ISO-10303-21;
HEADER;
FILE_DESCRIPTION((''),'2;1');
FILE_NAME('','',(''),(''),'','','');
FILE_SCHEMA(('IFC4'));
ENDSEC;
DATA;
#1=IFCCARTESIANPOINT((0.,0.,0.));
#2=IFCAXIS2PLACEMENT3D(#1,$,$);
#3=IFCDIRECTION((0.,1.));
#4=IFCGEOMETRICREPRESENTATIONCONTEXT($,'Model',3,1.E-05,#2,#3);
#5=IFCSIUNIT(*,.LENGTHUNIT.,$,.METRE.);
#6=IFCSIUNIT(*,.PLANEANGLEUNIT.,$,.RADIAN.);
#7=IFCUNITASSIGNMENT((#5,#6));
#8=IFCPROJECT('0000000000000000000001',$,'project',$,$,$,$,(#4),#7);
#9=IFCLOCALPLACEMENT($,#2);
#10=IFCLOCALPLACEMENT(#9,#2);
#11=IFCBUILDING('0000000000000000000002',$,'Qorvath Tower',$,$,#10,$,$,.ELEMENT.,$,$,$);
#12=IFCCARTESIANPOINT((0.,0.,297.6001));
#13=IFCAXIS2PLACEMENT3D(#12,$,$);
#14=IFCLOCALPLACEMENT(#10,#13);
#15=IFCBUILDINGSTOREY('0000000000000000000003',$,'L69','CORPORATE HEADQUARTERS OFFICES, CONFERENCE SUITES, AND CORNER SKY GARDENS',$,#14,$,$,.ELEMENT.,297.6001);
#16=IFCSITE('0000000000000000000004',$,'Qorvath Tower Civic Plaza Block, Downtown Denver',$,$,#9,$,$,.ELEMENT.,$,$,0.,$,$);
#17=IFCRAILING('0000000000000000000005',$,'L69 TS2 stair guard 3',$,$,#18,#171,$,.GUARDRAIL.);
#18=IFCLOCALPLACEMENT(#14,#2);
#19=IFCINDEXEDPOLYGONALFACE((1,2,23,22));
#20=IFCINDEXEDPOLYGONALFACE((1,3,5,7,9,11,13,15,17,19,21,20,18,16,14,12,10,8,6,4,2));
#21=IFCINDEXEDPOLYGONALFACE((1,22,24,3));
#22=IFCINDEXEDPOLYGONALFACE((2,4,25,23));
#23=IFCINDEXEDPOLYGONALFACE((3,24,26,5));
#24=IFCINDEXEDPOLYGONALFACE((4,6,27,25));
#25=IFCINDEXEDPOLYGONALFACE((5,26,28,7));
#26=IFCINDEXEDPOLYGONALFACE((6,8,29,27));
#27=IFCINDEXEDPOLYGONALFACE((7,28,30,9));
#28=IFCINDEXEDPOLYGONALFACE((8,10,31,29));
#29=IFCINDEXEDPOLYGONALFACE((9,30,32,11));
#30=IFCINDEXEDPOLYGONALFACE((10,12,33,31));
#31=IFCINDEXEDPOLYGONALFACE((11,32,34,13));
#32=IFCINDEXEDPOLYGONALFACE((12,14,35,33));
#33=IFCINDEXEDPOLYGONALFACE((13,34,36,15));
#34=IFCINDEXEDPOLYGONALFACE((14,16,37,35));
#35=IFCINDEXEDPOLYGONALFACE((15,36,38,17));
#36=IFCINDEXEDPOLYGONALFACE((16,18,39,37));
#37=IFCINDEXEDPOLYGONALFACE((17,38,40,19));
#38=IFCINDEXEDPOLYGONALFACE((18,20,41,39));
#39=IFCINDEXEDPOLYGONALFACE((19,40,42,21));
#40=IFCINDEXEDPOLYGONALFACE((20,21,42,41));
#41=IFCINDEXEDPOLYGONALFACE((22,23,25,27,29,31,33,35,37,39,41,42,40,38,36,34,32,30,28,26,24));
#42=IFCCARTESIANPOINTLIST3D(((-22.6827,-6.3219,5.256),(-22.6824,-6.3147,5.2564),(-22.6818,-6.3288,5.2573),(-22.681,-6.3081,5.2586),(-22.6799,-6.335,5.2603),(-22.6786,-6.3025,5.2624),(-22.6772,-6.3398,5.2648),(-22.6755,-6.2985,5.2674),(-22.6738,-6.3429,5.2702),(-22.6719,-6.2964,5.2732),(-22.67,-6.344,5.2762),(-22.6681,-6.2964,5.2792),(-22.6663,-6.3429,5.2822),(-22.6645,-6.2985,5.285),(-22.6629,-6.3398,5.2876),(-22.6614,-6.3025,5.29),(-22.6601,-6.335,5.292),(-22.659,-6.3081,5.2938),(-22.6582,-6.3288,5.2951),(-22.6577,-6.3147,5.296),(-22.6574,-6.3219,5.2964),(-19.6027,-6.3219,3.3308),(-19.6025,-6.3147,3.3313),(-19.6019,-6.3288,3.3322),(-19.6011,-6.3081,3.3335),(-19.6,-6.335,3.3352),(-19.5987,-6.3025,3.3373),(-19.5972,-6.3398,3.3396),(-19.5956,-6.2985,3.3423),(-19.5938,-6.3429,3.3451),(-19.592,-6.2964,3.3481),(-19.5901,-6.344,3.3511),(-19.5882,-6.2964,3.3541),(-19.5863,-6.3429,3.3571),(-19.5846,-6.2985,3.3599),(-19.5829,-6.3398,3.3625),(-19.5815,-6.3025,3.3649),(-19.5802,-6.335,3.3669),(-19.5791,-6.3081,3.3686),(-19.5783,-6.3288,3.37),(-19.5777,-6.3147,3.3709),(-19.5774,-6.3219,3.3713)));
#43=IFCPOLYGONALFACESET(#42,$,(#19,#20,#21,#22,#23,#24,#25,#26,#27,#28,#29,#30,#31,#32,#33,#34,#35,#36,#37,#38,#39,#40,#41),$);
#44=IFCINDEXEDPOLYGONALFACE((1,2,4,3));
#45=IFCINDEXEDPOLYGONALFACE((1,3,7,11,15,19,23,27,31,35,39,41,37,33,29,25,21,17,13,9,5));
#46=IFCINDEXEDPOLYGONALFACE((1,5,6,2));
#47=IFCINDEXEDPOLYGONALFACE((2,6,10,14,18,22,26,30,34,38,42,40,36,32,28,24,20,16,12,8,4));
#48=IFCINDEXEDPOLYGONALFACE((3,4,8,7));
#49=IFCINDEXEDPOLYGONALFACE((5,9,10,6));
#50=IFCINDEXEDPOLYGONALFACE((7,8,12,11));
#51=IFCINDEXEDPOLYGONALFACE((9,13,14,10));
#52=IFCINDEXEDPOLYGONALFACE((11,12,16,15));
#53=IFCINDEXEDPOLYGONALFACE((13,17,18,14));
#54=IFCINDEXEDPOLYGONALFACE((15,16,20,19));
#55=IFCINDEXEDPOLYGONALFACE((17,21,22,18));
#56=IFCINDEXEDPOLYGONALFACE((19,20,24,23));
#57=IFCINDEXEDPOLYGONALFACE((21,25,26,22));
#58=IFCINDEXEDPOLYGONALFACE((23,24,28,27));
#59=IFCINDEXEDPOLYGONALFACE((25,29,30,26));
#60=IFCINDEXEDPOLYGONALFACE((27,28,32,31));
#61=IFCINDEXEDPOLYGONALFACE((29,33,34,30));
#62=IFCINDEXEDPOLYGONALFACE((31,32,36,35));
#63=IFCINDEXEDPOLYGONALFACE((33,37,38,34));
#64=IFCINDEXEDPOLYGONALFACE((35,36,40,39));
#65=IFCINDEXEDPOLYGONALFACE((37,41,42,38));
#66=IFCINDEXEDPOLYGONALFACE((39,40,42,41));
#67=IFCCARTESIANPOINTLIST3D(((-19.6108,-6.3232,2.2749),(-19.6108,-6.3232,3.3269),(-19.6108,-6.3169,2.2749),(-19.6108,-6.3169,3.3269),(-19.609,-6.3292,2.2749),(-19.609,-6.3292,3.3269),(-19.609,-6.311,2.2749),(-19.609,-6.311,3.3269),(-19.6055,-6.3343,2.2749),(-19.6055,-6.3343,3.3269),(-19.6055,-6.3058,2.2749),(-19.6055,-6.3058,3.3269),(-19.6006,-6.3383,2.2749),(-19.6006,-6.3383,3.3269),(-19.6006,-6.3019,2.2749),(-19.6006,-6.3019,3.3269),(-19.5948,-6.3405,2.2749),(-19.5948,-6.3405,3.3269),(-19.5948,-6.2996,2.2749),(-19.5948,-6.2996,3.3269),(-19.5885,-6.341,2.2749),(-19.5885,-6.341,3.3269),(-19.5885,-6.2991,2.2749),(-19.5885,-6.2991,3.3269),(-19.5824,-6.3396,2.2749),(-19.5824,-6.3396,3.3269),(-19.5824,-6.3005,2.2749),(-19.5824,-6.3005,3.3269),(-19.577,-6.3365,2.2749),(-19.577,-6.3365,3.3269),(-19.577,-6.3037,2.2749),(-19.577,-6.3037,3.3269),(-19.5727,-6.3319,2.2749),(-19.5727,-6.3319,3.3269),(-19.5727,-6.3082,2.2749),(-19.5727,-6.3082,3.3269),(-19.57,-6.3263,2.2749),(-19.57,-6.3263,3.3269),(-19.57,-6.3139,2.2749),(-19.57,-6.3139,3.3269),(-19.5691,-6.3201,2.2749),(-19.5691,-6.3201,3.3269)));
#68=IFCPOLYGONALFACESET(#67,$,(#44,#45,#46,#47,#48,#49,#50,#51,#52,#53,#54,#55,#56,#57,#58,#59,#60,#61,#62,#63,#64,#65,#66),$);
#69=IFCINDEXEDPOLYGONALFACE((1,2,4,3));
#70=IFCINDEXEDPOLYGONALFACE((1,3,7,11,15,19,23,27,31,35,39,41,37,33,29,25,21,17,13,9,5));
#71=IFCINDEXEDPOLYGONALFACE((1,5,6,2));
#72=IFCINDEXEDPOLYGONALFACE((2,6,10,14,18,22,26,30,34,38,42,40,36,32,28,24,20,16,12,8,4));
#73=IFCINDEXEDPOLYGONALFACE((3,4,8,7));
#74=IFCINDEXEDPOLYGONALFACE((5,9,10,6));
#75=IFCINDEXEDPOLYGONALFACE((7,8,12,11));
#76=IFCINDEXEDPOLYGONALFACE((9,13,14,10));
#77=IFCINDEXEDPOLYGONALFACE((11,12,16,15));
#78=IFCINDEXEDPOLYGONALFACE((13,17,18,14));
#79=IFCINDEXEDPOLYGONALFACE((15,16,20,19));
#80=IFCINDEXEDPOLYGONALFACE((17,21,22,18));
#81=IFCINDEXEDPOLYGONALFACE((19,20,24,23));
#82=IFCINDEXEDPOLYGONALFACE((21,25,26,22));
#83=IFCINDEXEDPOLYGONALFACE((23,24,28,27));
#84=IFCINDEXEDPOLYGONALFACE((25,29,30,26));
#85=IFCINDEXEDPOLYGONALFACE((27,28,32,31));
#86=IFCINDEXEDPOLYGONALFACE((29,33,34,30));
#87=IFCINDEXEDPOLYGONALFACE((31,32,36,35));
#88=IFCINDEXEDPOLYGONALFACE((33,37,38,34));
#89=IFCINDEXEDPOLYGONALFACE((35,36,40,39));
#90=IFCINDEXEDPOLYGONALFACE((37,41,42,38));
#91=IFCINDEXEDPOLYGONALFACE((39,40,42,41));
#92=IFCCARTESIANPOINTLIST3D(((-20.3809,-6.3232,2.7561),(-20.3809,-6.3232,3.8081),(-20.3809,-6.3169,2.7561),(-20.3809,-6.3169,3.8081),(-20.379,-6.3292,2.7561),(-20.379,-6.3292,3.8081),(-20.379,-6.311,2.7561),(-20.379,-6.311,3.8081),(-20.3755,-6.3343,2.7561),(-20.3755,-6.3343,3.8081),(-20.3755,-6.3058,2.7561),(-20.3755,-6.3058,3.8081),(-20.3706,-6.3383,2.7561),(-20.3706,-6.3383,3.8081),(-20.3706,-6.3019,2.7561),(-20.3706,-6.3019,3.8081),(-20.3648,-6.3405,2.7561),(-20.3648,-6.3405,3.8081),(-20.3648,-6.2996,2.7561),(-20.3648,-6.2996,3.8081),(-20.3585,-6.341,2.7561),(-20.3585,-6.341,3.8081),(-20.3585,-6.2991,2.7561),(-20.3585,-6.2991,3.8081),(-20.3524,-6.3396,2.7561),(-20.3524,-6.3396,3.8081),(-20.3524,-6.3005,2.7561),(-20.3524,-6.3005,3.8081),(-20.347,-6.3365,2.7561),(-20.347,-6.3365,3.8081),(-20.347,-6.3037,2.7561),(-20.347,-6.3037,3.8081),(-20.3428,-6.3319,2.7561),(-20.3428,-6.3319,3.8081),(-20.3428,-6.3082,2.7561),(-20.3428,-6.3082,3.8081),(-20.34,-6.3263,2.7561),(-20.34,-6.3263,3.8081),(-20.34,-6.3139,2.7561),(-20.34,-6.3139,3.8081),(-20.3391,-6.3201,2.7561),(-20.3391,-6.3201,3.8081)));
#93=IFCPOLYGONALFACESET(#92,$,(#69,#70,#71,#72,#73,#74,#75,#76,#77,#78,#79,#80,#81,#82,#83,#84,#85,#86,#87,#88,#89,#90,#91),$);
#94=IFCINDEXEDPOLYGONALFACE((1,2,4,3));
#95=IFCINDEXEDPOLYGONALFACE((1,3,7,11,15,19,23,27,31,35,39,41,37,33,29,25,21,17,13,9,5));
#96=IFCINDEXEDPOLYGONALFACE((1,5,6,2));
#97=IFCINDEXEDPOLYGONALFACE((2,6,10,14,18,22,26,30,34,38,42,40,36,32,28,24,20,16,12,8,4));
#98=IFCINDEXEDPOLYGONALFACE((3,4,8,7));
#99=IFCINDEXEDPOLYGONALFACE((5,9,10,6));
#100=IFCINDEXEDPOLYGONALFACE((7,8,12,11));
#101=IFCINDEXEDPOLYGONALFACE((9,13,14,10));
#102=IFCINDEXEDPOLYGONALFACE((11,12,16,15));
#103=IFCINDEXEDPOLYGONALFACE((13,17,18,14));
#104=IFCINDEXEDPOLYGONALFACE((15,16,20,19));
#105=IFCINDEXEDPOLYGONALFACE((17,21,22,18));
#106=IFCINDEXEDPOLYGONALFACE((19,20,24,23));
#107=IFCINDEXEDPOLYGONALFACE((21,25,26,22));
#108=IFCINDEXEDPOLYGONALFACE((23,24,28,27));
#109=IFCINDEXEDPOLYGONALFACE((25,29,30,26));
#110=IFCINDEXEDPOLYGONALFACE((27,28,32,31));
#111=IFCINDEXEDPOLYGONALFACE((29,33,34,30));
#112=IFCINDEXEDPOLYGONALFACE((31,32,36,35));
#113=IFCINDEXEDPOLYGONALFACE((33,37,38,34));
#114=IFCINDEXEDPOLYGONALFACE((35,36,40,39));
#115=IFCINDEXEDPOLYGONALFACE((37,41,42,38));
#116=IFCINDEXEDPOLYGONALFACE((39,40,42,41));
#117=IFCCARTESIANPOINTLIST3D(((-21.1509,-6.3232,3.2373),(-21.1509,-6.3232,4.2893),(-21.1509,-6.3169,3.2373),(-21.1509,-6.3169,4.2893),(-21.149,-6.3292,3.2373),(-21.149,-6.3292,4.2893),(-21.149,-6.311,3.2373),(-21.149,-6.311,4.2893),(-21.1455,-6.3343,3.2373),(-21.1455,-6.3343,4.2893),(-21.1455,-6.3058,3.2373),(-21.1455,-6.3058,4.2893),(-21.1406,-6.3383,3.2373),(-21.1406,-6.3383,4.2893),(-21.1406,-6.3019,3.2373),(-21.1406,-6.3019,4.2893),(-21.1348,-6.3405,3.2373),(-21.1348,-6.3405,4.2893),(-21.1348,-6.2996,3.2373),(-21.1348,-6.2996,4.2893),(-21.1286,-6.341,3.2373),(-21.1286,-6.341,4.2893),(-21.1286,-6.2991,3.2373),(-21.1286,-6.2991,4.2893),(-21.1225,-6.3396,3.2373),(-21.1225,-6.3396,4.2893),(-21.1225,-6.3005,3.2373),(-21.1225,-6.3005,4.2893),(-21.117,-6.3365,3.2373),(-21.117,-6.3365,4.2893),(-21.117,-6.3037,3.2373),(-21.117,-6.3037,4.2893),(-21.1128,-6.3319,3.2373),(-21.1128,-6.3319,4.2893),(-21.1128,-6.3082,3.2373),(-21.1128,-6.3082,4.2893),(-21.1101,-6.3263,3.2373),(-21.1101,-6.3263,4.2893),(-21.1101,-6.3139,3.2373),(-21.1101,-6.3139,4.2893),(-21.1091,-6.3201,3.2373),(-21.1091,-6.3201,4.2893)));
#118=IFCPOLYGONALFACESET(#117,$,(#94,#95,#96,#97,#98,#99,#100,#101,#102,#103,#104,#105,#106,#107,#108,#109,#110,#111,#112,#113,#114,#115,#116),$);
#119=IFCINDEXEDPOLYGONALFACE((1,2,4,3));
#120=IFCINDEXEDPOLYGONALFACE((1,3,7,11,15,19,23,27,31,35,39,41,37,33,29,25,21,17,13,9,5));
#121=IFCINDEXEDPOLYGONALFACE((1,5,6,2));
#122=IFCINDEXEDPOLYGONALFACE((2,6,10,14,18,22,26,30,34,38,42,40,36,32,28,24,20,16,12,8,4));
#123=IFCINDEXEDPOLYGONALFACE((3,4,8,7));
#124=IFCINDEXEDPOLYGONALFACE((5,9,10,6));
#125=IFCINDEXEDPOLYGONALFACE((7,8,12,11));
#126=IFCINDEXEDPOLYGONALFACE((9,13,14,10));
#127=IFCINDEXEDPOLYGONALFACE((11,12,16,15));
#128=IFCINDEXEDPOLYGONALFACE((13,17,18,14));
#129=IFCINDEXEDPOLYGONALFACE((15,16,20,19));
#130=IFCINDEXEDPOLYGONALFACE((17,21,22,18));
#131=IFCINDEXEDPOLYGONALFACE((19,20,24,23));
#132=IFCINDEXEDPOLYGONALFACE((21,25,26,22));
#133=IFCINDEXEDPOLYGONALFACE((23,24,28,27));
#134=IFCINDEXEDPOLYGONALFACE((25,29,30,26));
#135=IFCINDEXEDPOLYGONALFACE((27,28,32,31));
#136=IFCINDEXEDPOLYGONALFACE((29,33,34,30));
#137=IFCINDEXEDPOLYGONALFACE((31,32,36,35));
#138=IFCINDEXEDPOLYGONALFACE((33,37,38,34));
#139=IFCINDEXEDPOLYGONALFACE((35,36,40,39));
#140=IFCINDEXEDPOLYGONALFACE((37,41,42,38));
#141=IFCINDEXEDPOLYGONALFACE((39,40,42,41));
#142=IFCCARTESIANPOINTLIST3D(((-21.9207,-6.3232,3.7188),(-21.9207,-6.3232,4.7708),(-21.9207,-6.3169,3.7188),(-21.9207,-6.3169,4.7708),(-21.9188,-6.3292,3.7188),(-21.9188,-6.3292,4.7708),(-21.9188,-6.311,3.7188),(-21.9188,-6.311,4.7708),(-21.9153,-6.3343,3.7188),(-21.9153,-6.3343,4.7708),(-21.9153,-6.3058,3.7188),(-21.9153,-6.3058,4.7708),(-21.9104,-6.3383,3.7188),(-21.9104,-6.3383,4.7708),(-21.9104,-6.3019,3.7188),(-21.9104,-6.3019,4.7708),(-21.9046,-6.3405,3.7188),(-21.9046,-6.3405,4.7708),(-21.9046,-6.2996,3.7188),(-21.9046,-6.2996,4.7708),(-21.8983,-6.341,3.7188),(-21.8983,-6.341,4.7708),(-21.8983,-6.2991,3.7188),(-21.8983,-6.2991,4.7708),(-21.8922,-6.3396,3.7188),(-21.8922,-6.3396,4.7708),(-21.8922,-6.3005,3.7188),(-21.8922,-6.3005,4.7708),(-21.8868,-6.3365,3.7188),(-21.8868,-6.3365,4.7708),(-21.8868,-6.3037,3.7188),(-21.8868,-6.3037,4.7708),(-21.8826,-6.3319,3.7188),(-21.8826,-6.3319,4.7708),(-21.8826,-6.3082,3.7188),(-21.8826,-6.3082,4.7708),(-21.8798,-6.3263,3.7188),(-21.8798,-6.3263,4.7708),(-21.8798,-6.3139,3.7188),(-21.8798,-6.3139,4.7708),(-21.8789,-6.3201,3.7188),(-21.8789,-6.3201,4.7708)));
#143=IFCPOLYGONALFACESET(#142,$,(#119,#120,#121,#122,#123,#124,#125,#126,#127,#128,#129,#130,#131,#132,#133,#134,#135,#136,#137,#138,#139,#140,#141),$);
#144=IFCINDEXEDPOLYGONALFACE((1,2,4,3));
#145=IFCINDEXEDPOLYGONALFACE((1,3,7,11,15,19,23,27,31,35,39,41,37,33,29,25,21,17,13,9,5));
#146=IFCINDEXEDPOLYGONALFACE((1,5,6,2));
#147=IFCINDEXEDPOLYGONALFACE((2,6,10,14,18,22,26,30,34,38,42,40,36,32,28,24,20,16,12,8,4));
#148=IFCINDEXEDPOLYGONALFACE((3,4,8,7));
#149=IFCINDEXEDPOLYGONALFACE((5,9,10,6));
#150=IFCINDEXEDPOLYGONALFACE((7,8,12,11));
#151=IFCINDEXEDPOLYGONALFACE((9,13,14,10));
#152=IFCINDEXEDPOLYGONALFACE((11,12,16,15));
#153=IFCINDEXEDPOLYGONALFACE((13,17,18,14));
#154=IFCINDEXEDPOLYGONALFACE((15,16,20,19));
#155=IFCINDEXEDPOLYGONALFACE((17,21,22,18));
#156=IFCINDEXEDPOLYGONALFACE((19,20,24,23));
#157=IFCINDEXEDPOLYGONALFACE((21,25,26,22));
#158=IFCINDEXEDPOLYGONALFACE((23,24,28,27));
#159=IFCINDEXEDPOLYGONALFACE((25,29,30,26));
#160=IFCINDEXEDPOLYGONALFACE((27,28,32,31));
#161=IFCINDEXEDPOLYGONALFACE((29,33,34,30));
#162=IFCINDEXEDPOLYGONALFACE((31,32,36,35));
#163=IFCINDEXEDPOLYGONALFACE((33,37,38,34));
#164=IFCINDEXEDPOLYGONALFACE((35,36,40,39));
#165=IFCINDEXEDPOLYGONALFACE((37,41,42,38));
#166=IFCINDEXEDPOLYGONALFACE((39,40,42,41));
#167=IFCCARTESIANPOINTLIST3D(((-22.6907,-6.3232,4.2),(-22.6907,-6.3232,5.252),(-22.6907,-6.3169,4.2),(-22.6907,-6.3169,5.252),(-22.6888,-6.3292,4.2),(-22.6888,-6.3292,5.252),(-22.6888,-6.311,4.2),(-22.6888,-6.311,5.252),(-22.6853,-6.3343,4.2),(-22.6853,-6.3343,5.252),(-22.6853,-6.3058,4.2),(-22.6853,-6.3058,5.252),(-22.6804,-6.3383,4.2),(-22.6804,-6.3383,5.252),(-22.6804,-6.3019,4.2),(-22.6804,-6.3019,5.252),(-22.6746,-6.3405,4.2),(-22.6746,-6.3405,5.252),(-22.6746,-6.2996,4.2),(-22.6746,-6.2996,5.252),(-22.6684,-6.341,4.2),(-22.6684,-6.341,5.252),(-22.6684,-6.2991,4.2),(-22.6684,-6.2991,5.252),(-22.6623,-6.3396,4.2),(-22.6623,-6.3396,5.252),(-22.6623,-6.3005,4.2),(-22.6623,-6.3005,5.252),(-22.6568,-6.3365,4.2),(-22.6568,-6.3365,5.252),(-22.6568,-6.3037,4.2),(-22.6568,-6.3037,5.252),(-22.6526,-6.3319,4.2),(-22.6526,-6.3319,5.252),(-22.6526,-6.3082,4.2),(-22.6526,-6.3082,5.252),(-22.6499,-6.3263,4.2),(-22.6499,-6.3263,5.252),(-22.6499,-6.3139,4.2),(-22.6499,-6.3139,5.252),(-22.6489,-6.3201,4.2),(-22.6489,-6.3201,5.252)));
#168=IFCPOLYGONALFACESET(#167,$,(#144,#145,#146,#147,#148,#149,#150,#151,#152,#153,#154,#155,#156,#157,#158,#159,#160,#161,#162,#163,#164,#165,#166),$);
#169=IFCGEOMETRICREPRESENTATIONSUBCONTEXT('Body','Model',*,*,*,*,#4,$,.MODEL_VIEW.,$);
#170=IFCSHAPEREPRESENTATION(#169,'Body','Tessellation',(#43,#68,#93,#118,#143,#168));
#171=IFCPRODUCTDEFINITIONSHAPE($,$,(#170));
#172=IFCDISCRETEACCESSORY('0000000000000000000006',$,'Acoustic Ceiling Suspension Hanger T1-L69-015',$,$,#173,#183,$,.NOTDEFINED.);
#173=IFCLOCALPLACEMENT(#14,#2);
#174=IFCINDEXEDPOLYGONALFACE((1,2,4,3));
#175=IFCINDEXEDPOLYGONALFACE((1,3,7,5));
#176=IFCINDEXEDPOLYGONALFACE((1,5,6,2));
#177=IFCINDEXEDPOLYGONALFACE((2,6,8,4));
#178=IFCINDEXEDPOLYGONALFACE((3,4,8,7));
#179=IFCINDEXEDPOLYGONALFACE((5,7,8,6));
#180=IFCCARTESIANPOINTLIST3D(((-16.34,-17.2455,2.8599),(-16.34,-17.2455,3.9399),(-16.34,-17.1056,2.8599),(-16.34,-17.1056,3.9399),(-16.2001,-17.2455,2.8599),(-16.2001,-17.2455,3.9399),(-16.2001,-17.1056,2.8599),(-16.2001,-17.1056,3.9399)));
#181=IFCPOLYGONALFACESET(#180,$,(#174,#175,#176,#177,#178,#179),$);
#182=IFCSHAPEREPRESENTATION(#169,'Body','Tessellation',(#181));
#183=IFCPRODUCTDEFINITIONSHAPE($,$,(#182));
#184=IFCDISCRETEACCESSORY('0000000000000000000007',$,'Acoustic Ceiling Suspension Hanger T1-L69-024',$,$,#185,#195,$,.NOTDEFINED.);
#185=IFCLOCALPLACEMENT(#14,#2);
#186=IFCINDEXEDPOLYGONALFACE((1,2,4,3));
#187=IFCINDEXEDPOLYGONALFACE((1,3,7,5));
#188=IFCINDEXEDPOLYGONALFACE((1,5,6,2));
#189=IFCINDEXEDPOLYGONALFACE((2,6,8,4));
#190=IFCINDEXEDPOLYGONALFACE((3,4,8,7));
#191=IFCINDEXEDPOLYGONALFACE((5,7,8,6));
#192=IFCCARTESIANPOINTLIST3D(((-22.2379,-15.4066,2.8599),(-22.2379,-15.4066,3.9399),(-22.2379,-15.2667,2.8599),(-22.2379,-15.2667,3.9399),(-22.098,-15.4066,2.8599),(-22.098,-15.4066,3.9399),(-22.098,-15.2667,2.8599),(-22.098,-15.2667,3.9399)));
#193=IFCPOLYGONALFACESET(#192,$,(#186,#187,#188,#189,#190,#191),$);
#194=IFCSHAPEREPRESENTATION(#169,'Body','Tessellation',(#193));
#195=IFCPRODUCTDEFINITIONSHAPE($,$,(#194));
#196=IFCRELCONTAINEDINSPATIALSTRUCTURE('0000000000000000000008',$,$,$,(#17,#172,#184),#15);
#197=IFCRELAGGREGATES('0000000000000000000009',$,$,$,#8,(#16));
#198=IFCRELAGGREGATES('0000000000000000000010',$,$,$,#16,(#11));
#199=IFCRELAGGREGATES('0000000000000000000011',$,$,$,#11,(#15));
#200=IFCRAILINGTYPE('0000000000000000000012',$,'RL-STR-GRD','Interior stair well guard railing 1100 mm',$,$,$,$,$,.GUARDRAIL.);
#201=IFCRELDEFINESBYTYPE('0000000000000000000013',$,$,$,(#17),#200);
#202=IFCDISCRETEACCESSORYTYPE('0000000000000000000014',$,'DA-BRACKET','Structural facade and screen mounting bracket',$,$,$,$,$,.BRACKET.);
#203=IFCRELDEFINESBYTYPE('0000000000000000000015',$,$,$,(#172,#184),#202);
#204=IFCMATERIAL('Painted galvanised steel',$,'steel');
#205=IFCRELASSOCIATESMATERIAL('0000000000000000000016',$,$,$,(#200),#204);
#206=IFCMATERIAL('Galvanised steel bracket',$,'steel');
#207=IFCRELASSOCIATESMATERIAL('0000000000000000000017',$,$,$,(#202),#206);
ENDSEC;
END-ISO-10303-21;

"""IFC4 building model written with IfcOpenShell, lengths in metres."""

from ifc_helpers import new_model, si_unit, direction, frame, origin, origin_2d, place, context, subcontext, project, spatial, rectangle, circle, extrude, material, type_object, element, save


model = new_model("IFC4")

# Units and contexts
model_context = context("Model", 3, precision=1e-05, world=origin(), true_north=direction((0.0, 1.0)))
body_context = subcontext(model_context, "Body", "Model", "MODEL_VIEW")
ifc_project = project(units=[si_unit("LENGTHUNIT", "METRE"), si_unit("PLANEANGLEUNIT", "RADIAN")], contexts=[model_context])

# Site, building, storey
site_placement = place(None, origin())
site = spatial("IfcSite", under=ifc_project, at=site_placement, Name="Qorvath Tower Civic Plaza Block, Downtown Denver", CompositionType="ELEMENT", RefElevation=0.0)
building_placement = place(site_placement, origin())
building = spatial("IfcBuilding", under=site, at=building_placement, Name="Qorvath Tower", CompositionType="ELEMENT")
storey_placement = place(building_placement, frame((0.0, 0.0, 297.6001)))
storey = spatial("IfcBuildingStorey", under=building, at=storey_placement, Name="L69", Description="CORPORATE HEADQUARTERS OFFICES, CONFERENCE SUITES, AND CORNER SKY GARDENS", CompositionType="ELEMENT", Elevation=297.6001)

# Railing
ifc_material_1 = material(Name="Painted galvanised steel", Category="steel")
railing_type = type_object("IfcRailingType", Name="RL-STR-GRD", Description="Interior stair well guard railing 1100 mm", PredefinedType="GUARDRAIL", material=ifc_material_1)
railing_1_placement = place(storey_placement, frame((-19.5901, -6.3201, 2.2749)))
element("IfcRailing", 1, at=railing_1_placement, inside=storey, type_object=railing_type, Name="L69 TS2 stair guard 3", PredefinedType="GUARDRAIL", context=body_context, shape_type="SweptSolid", body=[
    extrude(circle(Radius=0.0239, at=origin_2d()), frame((0.0, 0.0, 1.0762), z_axis=(-0.847979, 0.0, 0.530029), x_axis=(0.0, -1.0, 0.0)), (0.0, 0.0, 1.0), 3.6321),
    extrude(circle(Radius=0.021, at=origin_2d()), origin(), (0.0, 0.0, 1.0), 1.052),
    extrude(circle(Radius=0.021, at=origin_2d()), frame((-0.77, 0.0, 0.4812)), (0.0, 0.0, 1.0), 1.052),
    extrude(circle(Radius=0.021, at=origin_2d()), frame((-1.54, 0.0, 0.9624)), (0.0, 0.0, 1.0), 1.052),
    extrude(circle(Radius=0.021, at=origin_2d()), frame((-2.3098, 0.0, 1.4438)), (0.0, 0.0, 1.0), 1.052),
    extrude(circle(Radius=0.021, at=origin_2d()), frame((-3.0798, 0.0, 1.925)), (0.0, 0.0, 1.0), 1.052),
])

# Discrete accessories
ifc_material_2 = material(Name="Galvanised steel bracket", Category="steel")
discrete_accessory_type = type_object("IfcDiscreteAccessoryType", Name="DA-BRACKET", Description="Structural facade and screen mounting bracket", PredefinedType="BRACKET", material=ifc_material_2)
for number, where, z_axis, x_axis, name in (
    (2, (-16.27, -17.1755, 2.8599), (0.0, 0.0, 1.0), (1.0, 0.0, 0.0), "Acoustic Ceiling Suspension Hanger T1-L69-015"),
    (3, (-22.168, -15.3367, 2.8599), (0.0, 0.0, 1.0), (1.0, 0.0, 0.0), "Acoustic Ceiling Suspension Hanger T1-L69-024"),
):
    element("IfcDiscreteAccessory", number, at=place(storey_placement, frame(where, z_axis=z_axis, x_axis=x_axis)), inside=storey, type_object=discrete_accessory_type, Name=name, PredefinedType="NOTDEFINED", context=body_context, shape_type="SweptSolid", body=[
        extrude(rectangle(XDim=0.1399, YDim=0.1399, at=origin_2d()), origin(), (0.0, 0.0, 1.0), 1.0801),
    ])

save(model, "model.ifc")
